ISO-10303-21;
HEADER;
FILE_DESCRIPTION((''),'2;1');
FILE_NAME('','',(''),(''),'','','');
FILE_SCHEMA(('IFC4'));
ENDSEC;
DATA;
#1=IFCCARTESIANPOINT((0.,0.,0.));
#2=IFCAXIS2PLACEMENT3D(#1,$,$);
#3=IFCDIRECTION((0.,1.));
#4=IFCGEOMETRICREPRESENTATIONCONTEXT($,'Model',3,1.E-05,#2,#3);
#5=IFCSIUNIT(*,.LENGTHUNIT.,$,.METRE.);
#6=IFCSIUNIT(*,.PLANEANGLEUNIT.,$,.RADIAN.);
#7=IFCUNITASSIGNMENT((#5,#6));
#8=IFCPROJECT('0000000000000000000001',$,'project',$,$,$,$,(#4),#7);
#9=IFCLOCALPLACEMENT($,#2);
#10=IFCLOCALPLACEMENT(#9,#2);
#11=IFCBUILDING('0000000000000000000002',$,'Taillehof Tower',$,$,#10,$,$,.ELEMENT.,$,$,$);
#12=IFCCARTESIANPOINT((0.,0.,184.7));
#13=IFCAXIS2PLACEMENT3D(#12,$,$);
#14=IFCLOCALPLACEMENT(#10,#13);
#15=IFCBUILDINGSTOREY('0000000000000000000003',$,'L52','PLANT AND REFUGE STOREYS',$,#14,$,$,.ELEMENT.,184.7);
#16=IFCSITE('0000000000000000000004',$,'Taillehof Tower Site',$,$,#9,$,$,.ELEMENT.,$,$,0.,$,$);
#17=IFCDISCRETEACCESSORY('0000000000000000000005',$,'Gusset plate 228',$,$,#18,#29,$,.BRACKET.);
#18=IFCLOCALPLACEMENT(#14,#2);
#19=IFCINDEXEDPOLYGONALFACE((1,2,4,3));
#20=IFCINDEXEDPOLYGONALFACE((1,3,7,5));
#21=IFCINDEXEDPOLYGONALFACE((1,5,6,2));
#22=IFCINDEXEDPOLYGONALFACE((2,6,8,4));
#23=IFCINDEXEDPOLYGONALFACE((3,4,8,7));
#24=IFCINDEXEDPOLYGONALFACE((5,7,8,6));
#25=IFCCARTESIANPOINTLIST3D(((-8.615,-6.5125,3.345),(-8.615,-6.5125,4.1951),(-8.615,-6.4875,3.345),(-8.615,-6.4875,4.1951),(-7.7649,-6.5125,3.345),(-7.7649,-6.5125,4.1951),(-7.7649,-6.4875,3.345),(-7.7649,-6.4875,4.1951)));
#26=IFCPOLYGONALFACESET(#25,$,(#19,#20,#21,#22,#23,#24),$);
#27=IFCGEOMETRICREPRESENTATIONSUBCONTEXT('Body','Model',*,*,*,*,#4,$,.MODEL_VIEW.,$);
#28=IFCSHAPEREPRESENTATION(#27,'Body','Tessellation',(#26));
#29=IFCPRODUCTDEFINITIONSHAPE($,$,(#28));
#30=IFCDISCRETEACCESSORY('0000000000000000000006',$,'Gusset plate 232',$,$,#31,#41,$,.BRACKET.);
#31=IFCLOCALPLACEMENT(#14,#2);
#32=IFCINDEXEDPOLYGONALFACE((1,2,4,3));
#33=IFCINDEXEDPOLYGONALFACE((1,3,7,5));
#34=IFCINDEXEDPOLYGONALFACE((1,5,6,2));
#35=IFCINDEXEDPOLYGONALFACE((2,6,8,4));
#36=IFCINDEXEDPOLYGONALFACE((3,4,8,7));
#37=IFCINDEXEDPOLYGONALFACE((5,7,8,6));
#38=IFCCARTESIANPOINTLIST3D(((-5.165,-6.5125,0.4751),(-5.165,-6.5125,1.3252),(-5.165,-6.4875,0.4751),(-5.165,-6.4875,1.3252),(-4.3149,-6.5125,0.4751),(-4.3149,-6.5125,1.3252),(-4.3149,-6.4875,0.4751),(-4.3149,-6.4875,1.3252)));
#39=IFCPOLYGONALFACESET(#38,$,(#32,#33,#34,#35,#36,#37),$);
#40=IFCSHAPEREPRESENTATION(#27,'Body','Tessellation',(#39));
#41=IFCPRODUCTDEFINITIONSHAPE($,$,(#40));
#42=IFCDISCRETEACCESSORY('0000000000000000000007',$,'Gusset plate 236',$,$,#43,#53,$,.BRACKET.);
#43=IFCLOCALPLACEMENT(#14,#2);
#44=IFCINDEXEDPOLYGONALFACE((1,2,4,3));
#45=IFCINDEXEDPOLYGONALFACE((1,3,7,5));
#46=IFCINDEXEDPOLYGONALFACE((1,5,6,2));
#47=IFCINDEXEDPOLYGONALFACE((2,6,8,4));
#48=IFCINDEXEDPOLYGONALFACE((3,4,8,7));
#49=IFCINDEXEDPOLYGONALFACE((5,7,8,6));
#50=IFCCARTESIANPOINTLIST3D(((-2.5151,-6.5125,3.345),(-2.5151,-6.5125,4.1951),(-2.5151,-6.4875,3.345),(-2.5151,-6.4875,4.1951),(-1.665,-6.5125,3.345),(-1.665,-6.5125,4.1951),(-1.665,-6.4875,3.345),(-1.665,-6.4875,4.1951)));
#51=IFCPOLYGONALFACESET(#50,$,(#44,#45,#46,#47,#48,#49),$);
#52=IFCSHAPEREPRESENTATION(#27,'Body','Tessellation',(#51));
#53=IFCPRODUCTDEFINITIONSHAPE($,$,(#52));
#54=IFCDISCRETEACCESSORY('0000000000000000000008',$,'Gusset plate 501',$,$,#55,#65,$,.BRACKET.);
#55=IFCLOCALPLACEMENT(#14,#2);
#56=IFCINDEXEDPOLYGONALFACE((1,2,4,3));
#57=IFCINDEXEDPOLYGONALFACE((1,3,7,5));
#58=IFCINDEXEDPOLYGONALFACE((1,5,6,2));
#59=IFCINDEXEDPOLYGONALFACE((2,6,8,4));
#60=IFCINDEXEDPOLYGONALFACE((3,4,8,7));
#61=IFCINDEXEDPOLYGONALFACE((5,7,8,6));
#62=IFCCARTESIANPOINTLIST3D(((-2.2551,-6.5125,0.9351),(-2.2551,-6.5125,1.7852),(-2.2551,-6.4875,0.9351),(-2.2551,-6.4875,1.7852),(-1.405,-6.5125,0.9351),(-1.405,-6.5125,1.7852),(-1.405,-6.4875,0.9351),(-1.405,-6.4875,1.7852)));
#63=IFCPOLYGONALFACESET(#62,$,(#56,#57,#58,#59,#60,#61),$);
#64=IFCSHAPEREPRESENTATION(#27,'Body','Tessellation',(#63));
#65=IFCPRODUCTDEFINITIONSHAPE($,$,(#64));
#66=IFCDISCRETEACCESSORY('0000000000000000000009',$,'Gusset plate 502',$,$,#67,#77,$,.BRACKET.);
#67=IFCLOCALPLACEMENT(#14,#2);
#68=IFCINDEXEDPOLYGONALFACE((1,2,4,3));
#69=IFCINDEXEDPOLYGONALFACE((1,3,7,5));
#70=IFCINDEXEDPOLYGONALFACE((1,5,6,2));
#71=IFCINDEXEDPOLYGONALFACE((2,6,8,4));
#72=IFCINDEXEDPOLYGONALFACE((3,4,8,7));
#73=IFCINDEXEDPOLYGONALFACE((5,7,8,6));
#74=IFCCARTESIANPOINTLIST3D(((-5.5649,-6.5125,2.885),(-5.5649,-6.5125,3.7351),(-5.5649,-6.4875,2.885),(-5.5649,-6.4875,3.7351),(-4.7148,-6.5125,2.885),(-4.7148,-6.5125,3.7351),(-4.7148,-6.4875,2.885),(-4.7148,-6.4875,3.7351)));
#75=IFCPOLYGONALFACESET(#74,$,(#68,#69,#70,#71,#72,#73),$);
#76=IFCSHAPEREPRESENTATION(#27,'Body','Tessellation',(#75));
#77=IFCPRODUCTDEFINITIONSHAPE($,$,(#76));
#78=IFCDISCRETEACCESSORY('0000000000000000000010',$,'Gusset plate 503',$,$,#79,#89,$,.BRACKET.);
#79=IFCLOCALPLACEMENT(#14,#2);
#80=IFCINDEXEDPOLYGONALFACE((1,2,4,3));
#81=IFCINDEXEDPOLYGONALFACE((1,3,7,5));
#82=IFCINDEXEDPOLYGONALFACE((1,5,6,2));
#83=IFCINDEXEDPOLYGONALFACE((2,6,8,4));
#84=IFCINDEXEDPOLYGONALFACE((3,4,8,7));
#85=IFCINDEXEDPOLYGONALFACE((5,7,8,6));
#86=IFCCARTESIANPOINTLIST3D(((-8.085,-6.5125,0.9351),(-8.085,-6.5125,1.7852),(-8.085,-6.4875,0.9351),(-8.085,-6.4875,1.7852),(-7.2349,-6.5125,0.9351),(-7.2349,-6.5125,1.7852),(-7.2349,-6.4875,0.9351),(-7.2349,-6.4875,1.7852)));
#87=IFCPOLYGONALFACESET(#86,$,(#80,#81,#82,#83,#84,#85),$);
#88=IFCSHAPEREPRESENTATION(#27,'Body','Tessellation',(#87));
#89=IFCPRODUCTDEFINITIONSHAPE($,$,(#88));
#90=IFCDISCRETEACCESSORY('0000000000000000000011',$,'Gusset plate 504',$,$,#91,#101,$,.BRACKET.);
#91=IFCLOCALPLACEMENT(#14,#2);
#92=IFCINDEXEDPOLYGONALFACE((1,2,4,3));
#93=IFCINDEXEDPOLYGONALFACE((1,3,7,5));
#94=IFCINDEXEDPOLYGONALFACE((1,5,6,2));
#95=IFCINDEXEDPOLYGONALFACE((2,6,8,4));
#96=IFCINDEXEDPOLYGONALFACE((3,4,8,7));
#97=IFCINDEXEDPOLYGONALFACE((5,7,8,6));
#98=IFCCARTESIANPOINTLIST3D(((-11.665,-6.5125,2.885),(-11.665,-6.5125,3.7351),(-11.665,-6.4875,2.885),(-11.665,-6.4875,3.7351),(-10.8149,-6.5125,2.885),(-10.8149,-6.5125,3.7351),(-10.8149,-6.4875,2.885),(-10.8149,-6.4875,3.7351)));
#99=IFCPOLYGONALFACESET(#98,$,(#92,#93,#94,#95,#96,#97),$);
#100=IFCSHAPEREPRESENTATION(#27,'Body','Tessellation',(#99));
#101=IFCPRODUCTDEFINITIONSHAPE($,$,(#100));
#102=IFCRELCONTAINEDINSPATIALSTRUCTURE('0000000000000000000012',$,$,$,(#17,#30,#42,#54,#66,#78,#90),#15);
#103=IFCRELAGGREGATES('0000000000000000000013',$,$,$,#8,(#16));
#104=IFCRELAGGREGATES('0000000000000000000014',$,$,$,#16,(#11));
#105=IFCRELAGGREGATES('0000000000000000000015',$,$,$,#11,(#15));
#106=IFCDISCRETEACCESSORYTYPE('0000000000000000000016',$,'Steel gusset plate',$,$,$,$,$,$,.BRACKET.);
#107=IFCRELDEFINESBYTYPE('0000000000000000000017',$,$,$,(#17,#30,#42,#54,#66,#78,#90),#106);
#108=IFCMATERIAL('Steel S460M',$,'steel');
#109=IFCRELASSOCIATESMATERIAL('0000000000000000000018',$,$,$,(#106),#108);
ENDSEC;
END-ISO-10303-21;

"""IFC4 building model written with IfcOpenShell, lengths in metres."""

from ifc_helpers import new_model, si_unit, direction, frame, origin, origin_2d, place, context, subcontext, project, spatial, rectangle, extrude, material, type_object, element, save


model = new_model("IFC4")

# Units and contexts
model_context = context("Model", 3, precision=1e-05, world=origin(), true_north=direction((0.0, 1.0)))
body_context = subcontext(model_context, "Body", "Model", "MODEL_VIEW")
ifc_project = project(units=[si_unit("LENGTHUNIT", "METRE"), si_unit("PLANEANGLEUNIT", "RADIAN")], contexts=[model_context])

# Site, building, storey
site_placement = place(None, origin())
site = spatial("IfcSite", under=ifc_project, at=site_placement, Name="Taillehof Tower Site", CompositionType="ELEMENT", RefElevation=0.0)
building_placement = place(site_placement, origin())
building = spatial("IfcBuilding", under=site, at=building_placement, Name="Taillehof Tower", CompositionType="ELEMENT")
storey_placement = place(building_placement, frame((0.0, 0.0, 184.7)))
storey = spatial("IfcBuildingStorey", under=building, at=storey_placement, Name="L52", Description="PLANT AND REFUGE STOREYS", CompositionType="ELEMENT", Elevation=184.7)

# Discrete accessories
ifc_material_1 = material(Name="Steel S460M", Category="steel")
discrete_accessory_type = type_object("IfcDiscreteAccessoryType", Name="Steel gusset plate", PredefinedType="BRACKET", material=ifc_material_1)
for number, where, z_axis, x_axis, name in (
    (1, (-8.1899, -6.5, 3.345), (0.0, 0.0, 1.0), (-1.0, 0.0, 0.0), "Gusset plate 228"),
    (2, (-4.74, -6.5, 0.4751), (0.0, 0.0, 1.0), (-1.0, 0.0, 0.0), "Gusset plate 232"),
    (3, (-2.0901, -6.5, 3.345), (0.0, 0.0, 1.0), (-1.0, 0.0, 0.0), "Gusset plate 236"),
    (4, (-1.8301, -6.5, 0.9351), (0.0, 0.0, 1.0), (-1.0, 0.0, 0.0), "Gusset plate 501"),
    (5, (-5.1399, -6.5, 2.885), (0.0, 0.0, 1.0), (-1.0, 0.0, 0.0), "Gusset plate 502"),
    (6, (-7.6599, -6.5, 0.9351), (0.0, 0.0, 1.0), (-1.0, 0.0, 0.0), "Gusset plate 503"),
    (7, (-11.24, -6.5, 2.885), (0.0, 0.0, 1.0), (-1.0, 0.0, 0.0), "Gusset plate 504"),
):
    element("IfcDiscreteAccessory", number, at=place(storey_placement, frame(where, z_axis=z_axis, x_axis=x_axis)), inside=storey, type_object=discrete_accessory_type, Name=name, PredefinedType="BRACKET", context=body_context, shape_type="SweptSolid", body=[
        extrude(rectangle(XDim=0.8501, YDim=0.0249, at=origin_2d()), origin(), (0.0, 0.0, 1.0), 0.8501),
    ])

save(model, "model.ifc")
